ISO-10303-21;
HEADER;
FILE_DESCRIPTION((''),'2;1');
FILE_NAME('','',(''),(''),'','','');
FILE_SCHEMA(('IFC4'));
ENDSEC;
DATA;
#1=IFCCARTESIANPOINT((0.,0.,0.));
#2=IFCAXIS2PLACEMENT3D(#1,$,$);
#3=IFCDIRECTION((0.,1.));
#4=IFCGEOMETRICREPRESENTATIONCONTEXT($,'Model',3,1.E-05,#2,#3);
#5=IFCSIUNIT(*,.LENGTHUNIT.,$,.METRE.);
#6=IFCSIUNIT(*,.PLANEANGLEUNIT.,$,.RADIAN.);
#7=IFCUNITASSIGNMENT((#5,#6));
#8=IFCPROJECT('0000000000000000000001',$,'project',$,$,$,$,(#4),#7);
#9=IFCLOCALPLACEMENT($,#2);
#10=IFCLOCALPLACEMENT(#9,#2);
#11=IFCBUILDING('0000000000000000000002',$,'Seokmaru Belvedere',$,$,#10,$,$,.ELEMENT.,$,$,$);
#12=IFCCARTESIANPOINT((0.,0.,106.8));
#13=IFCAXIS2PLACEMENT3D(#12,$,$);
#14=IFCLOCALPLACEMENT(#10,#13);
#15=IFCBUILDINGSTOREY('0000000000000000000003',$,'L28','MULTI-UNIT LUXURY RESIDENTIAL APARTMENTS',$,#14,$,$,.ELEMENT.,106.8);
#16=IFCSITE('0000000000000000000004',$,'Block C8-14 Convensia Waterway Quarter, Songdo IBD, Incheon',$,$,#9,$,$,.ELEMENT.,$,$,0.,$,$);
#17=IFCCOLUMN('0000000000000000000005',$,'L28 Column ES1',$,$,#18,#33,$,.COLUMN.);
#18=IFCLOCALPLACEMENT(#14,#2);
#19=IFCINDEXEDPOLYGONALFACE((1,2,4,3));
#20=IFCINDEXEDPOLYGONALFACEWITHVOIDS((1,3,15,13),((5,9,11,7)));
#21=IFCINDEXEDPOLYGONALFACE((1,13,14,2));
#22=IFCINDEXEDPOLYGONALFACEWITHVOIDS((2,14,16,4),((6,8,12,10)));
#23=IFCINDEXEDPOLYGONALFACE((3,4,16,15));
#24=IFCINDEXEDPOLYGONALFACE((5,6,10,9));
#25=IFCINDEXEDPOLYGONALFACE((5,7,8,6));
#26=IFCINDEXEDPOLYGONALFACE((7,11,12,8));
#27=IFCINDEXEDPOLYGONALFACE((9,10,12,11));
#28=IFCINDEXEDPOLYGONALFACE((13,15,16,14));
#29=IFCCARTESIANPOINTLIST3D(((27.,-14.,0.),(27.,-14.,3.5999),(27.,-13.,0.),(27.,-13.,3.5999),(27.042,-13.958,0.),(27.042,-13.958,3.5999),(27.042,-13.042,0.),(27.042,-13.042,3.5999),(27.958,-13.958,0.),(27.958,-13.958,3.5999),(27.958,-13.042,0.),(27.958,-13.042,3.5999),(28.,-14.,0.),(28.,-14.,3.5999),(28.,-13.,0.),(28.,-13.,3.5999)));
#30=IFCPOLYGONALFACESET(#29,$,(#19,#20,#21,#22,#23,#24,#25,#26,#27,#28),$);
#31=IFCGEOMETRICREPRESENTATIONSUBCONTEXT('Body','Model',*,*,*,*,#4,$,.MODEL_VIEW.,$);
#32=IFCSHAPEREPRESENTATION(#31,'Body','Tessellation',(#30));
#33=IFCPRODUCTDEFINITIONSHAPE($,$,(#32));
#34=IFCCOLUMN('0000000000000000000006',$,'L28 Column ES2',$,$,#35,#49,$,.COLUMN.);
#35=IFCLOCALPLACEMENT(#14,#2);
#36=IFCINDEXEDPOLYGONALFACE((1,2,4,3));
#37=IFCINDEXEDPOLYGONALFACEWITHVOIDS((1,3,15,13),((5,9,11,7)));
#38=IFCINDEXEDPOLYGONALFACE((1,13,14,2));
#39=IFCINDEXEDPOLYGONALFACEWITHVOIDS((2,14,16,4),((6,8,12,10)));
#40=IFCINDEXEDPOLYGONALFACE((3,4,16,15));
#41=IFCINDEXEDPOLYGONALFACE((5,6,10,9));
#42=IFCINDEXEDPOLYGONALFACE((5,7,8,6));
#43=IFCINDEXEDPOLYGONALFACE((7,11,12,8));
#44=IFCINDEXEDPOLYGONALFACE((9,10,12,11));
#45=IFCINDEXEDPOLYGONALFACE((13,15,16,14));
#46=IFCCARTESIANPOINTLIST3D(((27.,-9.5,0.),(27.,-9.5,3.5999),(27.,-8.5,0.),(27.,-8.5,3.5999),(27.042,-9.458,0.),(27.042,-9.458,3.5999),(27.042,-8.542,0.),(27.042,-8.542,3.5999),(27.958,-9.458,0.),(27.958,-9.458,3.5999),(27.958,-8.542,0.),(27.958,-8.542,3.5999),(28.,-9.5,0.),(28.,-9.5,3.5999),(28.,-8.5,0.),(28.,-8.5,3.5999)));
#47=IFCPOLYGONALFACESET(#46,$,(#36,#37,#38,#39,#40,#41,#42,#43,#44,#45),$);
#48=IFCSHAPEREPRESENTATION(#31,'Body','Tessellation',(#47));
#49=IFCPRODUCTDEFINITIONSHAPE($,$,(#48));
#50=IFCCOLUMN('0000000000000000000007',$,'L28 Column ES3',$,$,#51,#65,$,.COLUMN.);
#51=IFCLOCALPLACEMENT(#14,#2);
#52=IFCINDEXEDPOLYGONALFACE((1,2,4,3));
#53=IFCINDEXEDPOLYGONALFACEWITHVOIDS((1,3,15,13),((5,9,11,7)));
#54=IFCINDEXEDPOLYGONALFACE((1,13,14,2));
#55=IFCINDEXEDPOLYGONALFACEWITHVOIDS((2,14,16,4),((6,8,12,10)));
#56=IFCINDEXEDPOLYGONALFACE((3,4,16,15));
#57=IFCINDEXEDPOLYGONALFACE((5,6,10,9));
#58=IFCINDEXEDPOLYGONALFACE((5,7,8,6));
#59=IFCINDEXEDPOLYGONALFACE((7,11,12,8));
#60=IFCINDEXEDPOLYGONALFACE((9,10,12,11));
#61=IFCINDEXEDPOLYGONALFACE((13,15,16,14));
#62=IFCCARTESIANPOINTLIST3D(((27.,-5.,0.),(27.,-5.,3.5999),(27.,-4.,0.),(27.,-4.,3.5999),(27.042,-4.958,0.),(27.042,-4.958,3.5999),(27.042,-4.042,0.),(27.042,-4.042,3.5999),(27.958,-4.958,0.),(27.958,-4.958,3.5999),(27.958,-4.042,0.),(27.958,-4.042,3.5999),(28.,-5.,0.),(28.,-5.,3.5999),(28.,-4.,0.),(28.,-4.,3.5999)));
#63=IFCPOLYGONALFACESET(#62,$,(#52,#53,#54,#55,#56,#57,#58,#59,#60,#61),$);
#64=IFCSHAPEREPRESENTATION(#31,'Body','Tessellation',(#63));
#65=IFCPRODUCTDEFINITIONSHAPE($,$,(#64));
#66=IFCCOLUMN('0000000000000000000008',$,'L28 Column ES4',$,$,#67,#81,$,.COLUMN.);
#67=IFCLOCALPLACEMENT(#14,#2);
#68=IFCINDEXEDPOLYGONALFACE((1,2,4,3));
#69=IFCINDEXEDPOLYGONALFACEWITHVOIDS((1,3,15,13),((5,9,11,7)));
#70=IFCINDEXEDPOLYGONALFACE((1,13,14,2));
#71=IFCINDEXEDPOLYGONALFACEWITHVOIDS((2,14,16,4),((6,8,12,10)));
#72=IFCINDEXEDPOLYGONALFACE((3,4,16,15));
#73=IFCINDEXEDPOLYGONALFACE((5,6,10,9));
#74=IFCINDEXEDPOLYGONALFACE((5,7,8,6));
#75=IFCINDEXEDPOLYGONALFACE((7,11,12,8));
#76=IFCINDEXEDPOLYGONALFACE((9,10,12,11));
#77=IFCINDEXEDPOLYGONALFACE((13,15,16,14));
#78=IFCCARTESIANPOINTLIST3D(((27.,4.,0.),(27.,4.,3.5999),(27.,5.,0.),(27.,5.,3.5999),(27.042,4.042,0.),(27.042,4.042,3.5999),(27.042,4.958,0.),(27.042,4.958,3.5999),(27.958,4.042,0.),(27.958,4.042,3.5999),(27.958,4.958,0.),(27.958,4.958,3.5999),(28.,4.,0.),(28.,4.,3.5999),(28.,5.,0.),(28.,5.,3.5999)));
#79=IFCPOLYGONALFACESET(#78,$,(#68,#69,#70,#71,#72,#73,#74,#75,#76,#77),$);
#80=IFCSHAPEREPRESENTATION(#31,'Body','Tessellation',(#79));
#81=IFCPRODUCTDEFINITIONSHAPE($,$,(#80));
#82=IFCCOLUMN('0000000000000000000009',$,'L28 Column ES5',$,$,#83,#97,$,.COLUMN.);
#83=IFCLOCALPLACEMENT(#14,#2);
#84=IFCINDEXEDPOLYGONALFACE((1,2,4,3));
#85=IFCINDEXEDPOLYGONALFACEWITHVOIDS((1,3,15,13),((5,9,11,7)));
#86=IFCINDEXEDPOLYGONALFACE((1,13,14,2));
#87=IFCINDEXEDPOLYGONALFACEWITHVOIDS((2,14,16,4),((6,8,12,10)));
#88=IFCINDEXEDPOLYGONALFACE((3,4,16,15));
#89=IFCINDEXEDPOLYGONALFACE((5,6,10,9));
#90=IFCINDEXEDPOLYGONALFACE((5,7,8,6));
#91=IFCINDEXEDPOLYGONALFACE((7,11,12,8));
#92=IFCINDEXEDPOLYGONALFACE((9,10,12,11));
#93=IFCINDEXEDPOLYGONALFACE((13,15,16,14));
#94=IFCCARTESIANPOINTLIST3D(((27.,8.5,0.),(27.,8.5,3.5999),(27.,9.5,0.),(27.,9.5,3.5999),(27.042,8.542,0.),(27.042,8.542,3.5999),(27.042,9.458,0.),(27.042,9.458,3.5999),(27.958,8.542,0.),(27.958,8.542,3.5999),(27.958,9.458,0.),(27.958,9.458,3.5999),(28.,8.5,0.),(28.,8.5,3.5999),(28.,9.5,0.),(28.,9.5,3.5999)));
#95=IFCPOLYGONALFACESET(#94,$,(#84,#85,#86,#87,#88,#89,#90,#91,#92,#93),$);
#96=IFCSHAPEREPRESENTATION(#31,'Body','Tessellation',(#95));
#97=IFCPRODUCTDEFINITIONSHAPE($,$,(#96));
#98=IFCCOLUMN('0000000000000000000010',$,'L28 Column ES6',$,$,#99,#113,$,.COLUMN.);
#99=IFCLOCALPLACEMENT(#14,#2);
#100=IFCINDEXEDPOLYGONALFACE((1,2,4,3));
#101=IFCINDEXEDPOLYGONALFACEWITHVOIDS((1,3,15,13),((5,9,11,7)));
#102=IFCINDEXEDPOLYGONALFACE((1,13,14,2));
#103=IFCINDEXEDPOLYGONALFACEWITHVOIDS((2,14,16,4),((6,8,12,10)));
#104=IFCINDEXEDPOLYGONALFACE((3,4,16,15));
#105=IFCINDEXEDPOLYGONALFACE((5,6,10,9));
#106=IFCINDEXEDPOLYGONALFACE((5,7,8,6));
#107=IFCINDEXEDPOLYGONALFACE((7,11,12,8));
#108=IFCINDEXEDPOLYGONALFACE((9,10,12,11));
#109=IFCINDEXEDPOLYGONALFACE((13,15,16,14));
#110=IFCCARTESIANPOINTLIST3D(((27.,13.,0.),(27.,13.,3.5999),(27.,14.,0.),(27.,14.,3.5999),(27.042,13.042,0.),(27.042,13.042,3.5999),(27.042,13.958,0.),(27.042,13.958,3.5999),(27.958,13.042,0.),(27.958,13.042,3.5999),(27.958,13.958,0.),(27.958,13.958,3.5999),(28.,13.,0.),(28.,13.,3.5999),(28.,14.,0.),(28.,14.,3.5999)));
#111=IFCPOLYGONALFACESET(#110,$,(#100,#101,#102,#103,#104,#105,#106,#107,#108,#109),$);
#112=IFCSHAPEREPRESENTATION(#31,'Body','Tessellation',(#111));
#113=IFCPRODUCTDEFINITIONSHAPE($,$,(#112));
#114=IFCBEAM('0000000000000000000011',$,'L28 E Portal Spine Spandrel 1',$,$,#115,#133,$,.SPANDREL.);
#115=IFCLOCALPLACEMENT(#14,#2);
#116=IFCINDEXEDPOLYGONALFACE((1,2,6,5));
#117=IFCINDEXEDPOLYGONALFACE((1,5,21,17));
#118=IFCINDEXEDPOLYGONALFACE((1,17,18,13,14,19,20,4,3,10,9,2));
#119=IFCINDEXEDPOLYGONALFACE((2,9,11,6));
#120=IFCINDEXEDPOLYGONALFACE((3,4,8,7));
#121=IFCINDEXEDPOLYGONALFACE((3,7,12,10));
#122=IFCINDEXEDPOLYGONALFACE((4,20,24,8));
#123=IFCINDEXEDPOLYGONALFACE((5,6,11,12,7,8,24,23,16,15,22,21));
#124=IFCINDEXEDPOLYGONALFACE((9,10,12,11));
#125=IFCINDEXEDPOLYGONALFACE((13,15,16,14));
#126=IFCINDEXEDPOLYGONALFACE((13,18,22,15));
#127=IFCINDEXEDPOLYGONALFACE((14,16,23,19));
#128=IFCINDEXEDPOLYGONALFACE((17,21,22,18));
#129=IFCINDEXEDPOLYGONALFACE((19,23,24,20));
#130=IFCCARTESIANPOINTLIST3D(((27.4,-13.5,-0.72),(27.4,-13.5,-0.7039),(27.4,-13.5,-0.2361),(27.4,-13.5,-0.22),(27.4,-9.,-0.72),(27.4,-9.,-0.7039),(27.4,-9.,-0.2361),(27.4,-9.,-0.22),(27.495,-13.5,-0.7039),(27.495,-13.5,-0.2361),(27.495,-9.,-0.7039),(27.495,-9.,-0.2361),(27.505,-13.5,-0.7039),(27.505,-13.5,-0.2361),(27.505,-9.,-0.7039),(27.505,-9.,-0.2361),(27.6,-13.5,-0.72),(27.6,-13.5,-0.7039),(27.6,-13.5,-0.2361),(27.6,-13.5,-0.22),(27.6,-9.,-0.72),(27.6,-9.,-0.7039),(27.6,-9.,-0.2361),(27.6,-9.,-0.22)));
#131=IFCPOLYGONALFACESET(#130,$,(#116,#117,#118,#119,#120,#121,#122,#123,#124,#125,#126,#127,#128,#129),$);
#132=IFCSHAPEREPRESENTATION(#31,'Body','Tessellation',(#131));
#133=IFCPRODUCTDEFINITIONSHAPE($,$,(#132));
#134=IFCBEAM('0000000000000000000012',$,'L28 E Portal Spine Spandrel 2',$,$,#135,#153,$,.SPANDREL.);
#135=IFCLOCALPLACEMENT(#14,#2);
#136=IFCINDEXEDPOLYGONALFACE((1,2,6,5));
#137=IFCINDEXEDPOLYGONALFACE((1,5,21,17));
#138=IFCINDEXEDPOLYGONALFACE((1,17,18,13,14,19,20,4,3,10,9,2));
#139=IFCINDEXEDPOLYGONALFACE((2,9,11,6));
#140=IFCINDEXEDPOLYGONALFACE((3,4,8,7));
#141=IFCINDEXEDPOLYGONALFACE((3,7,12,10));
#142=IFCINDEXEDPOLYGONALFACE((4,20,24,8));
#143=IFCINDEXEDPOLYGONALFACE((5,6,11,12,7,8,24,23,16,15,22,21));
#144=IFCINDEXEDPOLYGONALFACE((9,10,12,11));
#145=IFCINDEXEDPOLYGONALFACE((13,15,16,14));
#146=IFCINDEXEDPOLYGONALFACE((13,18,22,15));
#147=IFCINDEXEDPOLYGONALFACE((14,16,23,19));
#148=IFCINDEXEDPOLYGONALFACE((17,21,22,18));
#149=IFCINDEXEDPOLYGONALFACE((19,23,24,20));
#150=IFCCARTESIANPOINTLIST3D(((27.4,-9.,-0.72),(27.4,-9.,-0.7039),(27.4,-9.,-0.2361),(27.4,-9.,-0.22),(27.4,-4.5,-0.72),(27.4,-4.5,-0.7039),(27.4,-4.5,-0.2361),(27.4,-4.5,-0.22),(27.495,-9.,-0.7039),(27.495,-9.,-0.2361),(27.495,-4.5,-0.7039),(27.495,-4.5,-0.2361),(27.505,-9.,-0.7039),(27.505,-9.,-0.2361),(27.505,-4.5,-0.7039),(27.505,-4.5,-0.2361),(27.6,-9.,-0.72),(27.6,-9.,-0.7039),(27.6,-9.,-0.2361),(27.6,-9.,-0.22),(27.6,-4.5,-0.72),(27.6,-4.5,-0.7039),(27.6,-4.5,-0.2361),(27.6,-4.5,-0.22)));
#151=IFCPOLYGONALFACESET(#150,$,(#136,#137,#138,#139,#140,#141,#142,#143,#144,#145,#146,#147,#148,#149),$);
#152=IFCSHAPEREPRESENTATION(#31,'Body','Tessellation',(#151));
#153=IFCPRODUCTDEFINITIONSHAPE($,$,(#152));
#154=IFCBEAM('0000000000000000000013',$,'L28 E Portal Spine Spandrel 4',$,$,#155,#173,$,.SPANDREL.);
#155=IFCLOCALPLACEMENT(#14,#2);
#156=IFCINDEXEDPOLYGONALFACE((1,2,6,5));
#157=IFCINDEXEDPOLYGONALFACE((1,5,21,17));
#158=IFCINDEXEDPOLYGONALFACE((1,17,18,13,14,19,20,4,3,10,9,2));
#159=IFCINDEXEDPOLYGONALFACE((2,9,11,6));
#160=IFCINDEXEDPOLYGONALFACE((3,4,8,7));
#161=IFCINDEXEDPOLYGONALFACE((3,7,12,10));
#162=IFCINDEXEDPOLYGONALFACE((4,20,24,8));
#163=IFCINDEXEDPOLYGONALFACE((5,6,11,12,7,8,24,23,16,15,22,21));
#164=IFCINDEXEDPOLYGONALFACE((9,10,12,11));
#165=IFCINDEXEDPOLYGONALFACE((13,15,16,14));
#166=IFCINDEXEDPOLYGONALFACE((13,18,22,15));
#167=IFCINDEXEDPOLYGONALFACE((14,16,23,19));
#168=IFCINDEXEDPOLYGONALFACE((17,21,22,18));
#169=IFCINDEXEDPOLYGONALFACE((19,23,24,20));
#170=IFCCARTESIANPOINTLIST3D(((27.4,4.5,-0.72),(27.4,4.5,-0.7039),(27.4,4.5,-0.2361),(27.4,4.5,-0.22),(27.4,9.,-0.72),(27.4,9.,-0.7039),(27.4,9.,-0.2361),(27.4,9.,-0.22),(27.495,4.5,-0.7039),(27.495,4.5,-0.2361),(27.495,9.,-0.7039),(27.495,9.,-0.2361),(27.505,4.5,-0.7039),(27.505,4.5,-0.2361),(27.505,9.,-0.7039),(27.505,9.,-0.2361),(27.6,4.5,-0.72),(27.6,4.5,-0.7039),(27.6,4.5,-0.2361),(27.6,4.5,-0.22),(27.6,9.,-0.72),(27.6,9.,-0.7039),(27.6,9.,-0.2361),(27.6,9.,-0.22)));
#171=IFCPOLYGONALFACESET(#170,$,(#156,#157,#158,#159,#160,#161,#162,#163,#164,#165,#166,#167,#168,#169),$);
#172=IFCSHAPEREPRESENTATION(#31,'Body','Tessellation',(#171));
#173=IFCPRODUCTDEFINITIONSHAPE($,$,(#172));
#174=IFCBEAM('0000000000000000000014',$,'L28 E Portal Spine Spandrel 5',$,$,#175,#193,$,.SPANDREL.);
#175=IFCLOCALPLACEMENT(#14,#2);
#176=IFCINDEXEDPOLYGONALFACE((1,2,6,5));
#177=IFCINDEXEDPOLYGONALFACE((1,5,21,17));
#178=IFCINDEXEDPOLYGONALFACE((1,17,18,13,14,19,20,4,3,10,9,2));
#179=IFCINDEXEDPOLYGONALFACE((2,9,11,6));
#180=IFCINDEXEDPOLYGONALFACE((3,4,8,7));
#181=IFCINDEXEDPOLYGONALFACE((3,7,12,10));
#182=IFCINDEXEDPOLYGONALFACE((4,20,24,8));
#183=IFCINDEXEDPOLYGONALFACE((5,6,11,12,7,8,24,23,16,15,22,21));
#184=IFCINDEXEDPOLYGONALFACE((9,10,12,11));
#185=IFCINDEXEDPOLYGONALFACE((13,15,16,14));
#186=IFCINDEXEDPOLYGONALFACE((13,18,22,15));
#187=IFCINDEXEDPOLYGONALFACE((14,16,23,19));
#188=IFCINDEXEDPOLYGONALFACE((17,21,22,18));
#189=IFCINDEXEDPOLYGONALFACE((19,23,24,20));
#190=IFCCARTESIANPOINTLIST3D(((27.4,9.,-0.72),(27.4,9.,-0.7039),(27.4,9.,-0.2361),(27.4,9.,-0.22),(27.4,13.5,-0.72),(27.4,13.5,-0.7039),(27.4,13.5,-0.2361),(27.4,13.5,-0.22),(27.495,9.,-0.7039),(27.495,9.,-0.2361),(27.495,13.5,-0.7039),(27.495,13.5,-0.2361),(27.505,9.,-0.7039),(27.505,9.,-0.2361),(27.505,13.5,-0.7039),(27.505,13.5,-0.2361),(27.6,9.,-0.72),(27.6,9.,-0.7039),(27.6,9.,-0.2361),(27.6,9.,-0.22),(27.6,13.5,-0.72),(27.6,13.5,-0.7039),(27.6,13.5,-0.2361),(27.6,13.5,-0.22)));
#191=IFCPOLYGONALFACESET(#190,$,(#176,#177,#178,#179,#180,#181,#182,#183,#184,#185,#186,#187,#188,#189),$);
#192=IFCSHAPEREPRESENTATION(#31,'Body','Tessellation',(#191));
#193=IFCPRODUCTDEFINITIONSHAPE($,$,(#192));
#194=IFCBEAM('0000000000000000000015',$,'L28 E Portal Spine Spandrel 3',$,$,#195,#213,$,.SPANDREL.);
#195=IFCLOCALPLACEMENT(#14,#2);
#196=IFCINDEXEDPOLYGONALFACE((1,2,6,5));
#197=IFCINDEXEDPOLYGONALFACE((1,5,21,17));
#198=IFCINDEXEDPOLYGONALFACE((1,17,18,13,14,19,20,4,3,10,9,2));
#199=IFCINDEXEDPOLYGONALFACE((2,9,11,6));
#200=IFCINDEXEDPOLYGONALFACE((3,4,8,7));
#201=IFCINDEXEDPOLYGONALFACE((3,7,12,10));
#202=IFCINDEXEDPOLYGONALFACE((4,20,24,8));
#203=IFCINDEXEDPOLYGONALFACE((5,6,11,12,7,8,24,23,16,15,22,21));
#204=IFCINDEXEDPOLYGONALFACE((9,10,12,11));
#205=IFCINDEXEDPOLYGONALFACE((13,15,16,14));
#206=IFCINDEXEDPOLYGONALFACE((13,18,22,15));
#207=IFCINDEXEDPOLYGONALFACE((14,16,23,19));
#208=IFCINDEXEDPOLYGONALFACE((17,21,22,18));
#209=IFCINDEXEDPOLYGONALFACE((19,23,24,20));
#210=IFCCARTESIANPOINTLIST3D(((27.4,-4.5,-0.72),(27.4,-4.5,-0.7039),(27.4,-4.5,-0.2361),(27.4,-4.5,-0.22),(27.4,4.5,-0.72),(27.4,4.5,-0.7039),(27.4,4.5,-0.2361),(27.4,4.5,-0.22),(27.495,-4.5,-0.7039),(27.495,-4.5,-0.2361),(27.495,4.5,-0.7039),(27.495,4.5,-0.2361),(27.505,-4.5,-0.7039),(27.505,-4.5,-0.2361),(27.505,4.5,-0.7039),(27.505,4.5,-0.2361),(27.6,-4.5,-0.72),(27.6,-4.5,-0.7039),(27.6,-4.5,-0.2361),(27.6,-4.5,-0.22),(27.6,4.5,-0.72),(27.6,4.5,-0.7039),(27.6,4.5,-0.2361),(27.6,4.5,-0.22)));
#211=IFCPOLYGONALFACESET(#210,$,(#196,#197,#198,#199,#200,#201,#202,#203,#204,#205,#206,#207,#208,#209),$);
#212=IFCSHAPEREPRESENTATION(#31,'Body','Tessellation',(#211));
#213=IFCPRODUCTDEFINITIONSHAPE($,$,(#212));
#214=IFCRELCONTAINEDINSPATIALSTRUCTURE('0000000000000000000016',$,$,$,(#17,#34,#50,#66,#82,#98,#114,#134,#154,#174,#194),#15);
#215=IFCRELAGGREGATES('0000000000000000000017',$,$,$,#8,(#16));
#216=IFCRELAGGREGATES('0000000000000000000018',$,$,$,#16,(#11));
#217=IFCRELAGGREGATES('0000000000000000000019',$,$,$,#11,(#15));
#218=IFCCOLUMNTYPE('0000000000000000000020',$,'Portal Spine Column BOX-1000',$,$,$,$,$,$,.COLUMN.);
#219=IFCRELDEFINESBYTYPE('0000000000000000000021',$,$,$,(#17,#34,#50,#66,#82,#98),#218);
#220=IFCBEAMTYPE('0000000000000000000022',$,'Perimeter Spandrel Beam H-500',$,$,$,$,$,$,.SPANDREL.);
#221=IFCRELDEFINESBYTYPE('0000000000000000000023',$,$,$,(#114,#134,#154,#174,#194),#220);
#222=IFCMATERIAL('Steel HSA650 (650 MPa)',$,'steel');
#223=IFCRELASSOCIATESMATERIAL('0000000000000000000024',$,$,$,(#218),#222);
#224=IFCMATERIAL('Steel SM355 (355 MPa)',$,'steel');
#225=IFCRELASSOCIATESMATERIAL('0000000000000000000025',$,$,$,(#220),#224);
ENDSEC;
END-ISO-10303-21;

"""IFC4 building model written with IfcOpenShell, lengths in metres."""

from ifc_helpers import new_model, si_unit, direction, frame, origin, origin_2d, place, context, subcontext, project, spatial, hollow_rectangle, i_section, extrude, source, transform, mapped, material, material_profile, profile_set, type_object, type_shapes, element, save


model = new_model("IFC4")

# Units and contexts
model_context = context("Model", 3, precision=1e-05, world=origin(), true_north=direction((0.0, 1.0)))
body_context = subcontext(model_context, "Body", "Model", "MODEL_VIEW")
ifc_project = project(units=[si_unit("LENGTHUNIT", "METRE"), si_unit("PLANEANGLEUNIT", "RADIAN")], contexts=[model_context])

# Site, building, storey
site_placement = place(None, origin())
site = spatial("IfcSite", under=ifc_project, at=site_placement, Name="Block C8-14 Convensia Waterway Quarter, Songdo IBD, Incheon", CompositionType="ELEMENT", RefElevation=0.0)
building_placement = place(site_placement, origin())
building = spatial("IfcBuilding", under=site, at=building_placement, Name="Seokmaru Belvedere", CompositionType="ELEMENT")
storey_placement = place(building_placement, frame((0.0, 0.0, 106.8)))
storey = spatial("IfcBuildingStorey", under=building, at=storey_placement, Name="L28", Description="MULTI-UNIT LUXURY RESIDENTIAL APARTMENTS", CompositionType="ELEMENT", Elevation=106.8)

# Columns
ifc_material_1 = material(Name="Steel HSA650 (650 MPa)", Category="steel")
ifc_material_profile_1 = material_profile(ifc_material_1, hollow_rectangle(XDim=1.0, YDim=1.0, WallThickness=0.042, at=origin_2d()), Name="BOX-1000x1000x42")
ifc_profile_set_1 = profile_set([ifc_material_profile_1], Name="Steel HSA650 (650 MPa)")
column_type = type_object("IfcColumnType", Name="Portal Spine Column BOX-1000", PredefinedType="COLUMN", material=ifc_profile_set_1)
shared_shape_1 = source(origin(), body_context, "Body", "SweptSolid", [
    extrude(hollow_rectangle(XDim=1.0, YDim=1.0, WallThickness=0.042, at=origin_2d()), origin(), (0.0, 0.0, 1.0), 3.5999),
])
type_shapes(column_type, [shared_shape_1])
for number, where, z_axis, x_axis, name in (
    (1, (27.5, -13.5, 0.0), (0.0, 0.0, 1.0), (1.0, 0.0, 0.0), "L28 Column ES1"),
    (2, (27.5, -9.0, 0.0), (0.0, 0.0, 1.0), (1.0, 0.0, 0.0), "L28 Column ES2"),
    (3, (27.5, -4.5, 0.0), (0.0, 0.0, 1.0), (1.0, 0.0, 0.0), "L28 Column ES3"),
    (4, (27.5, 4.5, 0.0), (0.0, 0.0, 1.0), (1.0, 0.0, 0.0), "L28 Column ES4"),
    (5, (27.5, 9.0, 0.0), (0.0, 0.0, 1.0), (1.0, 0.0, 0.0), "L28 Column ES5"),
    (6, (27.5, 13.5, 0.0), (0.0, 0.0, 1.0), (1.0, 0.0, 0.0), "L28 Column ES6"),
):
    element("IfcColumn", number, at=place(storey_placement, frame(where, z_axis=z_axis, x_axis=x_axis)), inside=storey, type_object=column_type, Name=name, PredefinedType="COLUMN", context=body_context, shape_type="MappedRepresentation", body=[
        mapped(shared_shape_1, transform((0.0, 0.0, 0.0), scale=1.0)),
    ])

# Beams
ifc_material_2 = material(Name="Steel SM355 (355 MPa)", Category="steel")
ifc_material_profile_2 = material_profile(ifc_material_2, i_section(OverallWidth=0.2, OverallDepth=0.5, WebThickness=0.01, FlangeThickness=0.0161, at=origin_2d()), Name="H-500x200x10x16")
ifc_profile_set_2 = profile_set([ifc_material_profile_2], Name="Steel SM355 (355 MPa)")
beam_type_1 = type_object("IfcBeamType", Name="Perimeter Spandrel Beam H-500", PredefinedType="SPANDREL", material=ifc_profile_set_2)
shared_shape_2 = source(origin(), body_context, "Body", "SweptSolid", [
    extrude(i_section(OverallWidth=0.2, OverallDepth=0.5, WebThickness=0.01, FlangeThickness=0.0161, at=origin_2d()), origin(), (0.0, 0.0, 1.0), 4.5),
])
for number, where, z_axis, x_axis, name in (
    (7, (27.5, -13.5, -0.47), (0.0, 1.0, 0.0), (-1.0, 0.0, 0.0), "L28 E Portal Spine Spandrel 1"),
    (8, (27.5, -9.0, -0.47), (0.0, 1.0, 0.0), (-1.0, 0.0, 0.0), "L28 E Portal Spine Spandrel 2"),
    (9, (27.5, 4.5, -0.47), (0.0, 1.0, 0.0), (-1.0, 0.0, 0.0), "L28 E Portal Spine Spandrel 4"),
    (10, (27.5, 9.0, -0.47), (0.0, 1.0, 0.0), (-1.0, 0.0, 0.0), "L28 E Portal Spine Spandrel 5"),
):
    element("IfcBeam", number, at=place(storey_placement, frame(where, z_axis=z_axis, x_axis=x_axis)), inside=storey, type_object=beam_type_1, Name=name, PredefinedType="SPANDREL", context=body_context, shape_type="MappedRepresentation", body=[
        mapped(shared_shape_2, transform((0.0, 0.0, 0.0), scale=1.0)),
    ])
shared_shape_3 = source(origin(), body_context, "Body", "SweptSolid", [
    extrude(i_section(OverallWidth=0.2, OverallDepth=0.5, WebThickness=0.01, FlangeThickness=0.0161, at=origin_2d()), origin(), (0.0, 0.0, 1.0), 9.0),
])
type_shapes(beam_type_1, [shared_shape_2, shared_shape_3])
beam_placement = place(storey_placement, frame((27.5, -4.5, -0.47), z_axis=(0.0, 1.0, 0.0), x_axis=(-1.0, 0.0, 0.0)))
element("IfcBeam", 11, at=beam_placement, inside=storey, type_object=beam_type_1, Name="L28 E Portal Spine Spandrel 3", PredefinedType="SPANDREL", context=body_context, shape_type="MappedRepresentation", body=[
    mapped(shared_shape_3, transform((0.0, 0.0, 0.0), scale=1.0)),
])

save(model, "model.ifc")
